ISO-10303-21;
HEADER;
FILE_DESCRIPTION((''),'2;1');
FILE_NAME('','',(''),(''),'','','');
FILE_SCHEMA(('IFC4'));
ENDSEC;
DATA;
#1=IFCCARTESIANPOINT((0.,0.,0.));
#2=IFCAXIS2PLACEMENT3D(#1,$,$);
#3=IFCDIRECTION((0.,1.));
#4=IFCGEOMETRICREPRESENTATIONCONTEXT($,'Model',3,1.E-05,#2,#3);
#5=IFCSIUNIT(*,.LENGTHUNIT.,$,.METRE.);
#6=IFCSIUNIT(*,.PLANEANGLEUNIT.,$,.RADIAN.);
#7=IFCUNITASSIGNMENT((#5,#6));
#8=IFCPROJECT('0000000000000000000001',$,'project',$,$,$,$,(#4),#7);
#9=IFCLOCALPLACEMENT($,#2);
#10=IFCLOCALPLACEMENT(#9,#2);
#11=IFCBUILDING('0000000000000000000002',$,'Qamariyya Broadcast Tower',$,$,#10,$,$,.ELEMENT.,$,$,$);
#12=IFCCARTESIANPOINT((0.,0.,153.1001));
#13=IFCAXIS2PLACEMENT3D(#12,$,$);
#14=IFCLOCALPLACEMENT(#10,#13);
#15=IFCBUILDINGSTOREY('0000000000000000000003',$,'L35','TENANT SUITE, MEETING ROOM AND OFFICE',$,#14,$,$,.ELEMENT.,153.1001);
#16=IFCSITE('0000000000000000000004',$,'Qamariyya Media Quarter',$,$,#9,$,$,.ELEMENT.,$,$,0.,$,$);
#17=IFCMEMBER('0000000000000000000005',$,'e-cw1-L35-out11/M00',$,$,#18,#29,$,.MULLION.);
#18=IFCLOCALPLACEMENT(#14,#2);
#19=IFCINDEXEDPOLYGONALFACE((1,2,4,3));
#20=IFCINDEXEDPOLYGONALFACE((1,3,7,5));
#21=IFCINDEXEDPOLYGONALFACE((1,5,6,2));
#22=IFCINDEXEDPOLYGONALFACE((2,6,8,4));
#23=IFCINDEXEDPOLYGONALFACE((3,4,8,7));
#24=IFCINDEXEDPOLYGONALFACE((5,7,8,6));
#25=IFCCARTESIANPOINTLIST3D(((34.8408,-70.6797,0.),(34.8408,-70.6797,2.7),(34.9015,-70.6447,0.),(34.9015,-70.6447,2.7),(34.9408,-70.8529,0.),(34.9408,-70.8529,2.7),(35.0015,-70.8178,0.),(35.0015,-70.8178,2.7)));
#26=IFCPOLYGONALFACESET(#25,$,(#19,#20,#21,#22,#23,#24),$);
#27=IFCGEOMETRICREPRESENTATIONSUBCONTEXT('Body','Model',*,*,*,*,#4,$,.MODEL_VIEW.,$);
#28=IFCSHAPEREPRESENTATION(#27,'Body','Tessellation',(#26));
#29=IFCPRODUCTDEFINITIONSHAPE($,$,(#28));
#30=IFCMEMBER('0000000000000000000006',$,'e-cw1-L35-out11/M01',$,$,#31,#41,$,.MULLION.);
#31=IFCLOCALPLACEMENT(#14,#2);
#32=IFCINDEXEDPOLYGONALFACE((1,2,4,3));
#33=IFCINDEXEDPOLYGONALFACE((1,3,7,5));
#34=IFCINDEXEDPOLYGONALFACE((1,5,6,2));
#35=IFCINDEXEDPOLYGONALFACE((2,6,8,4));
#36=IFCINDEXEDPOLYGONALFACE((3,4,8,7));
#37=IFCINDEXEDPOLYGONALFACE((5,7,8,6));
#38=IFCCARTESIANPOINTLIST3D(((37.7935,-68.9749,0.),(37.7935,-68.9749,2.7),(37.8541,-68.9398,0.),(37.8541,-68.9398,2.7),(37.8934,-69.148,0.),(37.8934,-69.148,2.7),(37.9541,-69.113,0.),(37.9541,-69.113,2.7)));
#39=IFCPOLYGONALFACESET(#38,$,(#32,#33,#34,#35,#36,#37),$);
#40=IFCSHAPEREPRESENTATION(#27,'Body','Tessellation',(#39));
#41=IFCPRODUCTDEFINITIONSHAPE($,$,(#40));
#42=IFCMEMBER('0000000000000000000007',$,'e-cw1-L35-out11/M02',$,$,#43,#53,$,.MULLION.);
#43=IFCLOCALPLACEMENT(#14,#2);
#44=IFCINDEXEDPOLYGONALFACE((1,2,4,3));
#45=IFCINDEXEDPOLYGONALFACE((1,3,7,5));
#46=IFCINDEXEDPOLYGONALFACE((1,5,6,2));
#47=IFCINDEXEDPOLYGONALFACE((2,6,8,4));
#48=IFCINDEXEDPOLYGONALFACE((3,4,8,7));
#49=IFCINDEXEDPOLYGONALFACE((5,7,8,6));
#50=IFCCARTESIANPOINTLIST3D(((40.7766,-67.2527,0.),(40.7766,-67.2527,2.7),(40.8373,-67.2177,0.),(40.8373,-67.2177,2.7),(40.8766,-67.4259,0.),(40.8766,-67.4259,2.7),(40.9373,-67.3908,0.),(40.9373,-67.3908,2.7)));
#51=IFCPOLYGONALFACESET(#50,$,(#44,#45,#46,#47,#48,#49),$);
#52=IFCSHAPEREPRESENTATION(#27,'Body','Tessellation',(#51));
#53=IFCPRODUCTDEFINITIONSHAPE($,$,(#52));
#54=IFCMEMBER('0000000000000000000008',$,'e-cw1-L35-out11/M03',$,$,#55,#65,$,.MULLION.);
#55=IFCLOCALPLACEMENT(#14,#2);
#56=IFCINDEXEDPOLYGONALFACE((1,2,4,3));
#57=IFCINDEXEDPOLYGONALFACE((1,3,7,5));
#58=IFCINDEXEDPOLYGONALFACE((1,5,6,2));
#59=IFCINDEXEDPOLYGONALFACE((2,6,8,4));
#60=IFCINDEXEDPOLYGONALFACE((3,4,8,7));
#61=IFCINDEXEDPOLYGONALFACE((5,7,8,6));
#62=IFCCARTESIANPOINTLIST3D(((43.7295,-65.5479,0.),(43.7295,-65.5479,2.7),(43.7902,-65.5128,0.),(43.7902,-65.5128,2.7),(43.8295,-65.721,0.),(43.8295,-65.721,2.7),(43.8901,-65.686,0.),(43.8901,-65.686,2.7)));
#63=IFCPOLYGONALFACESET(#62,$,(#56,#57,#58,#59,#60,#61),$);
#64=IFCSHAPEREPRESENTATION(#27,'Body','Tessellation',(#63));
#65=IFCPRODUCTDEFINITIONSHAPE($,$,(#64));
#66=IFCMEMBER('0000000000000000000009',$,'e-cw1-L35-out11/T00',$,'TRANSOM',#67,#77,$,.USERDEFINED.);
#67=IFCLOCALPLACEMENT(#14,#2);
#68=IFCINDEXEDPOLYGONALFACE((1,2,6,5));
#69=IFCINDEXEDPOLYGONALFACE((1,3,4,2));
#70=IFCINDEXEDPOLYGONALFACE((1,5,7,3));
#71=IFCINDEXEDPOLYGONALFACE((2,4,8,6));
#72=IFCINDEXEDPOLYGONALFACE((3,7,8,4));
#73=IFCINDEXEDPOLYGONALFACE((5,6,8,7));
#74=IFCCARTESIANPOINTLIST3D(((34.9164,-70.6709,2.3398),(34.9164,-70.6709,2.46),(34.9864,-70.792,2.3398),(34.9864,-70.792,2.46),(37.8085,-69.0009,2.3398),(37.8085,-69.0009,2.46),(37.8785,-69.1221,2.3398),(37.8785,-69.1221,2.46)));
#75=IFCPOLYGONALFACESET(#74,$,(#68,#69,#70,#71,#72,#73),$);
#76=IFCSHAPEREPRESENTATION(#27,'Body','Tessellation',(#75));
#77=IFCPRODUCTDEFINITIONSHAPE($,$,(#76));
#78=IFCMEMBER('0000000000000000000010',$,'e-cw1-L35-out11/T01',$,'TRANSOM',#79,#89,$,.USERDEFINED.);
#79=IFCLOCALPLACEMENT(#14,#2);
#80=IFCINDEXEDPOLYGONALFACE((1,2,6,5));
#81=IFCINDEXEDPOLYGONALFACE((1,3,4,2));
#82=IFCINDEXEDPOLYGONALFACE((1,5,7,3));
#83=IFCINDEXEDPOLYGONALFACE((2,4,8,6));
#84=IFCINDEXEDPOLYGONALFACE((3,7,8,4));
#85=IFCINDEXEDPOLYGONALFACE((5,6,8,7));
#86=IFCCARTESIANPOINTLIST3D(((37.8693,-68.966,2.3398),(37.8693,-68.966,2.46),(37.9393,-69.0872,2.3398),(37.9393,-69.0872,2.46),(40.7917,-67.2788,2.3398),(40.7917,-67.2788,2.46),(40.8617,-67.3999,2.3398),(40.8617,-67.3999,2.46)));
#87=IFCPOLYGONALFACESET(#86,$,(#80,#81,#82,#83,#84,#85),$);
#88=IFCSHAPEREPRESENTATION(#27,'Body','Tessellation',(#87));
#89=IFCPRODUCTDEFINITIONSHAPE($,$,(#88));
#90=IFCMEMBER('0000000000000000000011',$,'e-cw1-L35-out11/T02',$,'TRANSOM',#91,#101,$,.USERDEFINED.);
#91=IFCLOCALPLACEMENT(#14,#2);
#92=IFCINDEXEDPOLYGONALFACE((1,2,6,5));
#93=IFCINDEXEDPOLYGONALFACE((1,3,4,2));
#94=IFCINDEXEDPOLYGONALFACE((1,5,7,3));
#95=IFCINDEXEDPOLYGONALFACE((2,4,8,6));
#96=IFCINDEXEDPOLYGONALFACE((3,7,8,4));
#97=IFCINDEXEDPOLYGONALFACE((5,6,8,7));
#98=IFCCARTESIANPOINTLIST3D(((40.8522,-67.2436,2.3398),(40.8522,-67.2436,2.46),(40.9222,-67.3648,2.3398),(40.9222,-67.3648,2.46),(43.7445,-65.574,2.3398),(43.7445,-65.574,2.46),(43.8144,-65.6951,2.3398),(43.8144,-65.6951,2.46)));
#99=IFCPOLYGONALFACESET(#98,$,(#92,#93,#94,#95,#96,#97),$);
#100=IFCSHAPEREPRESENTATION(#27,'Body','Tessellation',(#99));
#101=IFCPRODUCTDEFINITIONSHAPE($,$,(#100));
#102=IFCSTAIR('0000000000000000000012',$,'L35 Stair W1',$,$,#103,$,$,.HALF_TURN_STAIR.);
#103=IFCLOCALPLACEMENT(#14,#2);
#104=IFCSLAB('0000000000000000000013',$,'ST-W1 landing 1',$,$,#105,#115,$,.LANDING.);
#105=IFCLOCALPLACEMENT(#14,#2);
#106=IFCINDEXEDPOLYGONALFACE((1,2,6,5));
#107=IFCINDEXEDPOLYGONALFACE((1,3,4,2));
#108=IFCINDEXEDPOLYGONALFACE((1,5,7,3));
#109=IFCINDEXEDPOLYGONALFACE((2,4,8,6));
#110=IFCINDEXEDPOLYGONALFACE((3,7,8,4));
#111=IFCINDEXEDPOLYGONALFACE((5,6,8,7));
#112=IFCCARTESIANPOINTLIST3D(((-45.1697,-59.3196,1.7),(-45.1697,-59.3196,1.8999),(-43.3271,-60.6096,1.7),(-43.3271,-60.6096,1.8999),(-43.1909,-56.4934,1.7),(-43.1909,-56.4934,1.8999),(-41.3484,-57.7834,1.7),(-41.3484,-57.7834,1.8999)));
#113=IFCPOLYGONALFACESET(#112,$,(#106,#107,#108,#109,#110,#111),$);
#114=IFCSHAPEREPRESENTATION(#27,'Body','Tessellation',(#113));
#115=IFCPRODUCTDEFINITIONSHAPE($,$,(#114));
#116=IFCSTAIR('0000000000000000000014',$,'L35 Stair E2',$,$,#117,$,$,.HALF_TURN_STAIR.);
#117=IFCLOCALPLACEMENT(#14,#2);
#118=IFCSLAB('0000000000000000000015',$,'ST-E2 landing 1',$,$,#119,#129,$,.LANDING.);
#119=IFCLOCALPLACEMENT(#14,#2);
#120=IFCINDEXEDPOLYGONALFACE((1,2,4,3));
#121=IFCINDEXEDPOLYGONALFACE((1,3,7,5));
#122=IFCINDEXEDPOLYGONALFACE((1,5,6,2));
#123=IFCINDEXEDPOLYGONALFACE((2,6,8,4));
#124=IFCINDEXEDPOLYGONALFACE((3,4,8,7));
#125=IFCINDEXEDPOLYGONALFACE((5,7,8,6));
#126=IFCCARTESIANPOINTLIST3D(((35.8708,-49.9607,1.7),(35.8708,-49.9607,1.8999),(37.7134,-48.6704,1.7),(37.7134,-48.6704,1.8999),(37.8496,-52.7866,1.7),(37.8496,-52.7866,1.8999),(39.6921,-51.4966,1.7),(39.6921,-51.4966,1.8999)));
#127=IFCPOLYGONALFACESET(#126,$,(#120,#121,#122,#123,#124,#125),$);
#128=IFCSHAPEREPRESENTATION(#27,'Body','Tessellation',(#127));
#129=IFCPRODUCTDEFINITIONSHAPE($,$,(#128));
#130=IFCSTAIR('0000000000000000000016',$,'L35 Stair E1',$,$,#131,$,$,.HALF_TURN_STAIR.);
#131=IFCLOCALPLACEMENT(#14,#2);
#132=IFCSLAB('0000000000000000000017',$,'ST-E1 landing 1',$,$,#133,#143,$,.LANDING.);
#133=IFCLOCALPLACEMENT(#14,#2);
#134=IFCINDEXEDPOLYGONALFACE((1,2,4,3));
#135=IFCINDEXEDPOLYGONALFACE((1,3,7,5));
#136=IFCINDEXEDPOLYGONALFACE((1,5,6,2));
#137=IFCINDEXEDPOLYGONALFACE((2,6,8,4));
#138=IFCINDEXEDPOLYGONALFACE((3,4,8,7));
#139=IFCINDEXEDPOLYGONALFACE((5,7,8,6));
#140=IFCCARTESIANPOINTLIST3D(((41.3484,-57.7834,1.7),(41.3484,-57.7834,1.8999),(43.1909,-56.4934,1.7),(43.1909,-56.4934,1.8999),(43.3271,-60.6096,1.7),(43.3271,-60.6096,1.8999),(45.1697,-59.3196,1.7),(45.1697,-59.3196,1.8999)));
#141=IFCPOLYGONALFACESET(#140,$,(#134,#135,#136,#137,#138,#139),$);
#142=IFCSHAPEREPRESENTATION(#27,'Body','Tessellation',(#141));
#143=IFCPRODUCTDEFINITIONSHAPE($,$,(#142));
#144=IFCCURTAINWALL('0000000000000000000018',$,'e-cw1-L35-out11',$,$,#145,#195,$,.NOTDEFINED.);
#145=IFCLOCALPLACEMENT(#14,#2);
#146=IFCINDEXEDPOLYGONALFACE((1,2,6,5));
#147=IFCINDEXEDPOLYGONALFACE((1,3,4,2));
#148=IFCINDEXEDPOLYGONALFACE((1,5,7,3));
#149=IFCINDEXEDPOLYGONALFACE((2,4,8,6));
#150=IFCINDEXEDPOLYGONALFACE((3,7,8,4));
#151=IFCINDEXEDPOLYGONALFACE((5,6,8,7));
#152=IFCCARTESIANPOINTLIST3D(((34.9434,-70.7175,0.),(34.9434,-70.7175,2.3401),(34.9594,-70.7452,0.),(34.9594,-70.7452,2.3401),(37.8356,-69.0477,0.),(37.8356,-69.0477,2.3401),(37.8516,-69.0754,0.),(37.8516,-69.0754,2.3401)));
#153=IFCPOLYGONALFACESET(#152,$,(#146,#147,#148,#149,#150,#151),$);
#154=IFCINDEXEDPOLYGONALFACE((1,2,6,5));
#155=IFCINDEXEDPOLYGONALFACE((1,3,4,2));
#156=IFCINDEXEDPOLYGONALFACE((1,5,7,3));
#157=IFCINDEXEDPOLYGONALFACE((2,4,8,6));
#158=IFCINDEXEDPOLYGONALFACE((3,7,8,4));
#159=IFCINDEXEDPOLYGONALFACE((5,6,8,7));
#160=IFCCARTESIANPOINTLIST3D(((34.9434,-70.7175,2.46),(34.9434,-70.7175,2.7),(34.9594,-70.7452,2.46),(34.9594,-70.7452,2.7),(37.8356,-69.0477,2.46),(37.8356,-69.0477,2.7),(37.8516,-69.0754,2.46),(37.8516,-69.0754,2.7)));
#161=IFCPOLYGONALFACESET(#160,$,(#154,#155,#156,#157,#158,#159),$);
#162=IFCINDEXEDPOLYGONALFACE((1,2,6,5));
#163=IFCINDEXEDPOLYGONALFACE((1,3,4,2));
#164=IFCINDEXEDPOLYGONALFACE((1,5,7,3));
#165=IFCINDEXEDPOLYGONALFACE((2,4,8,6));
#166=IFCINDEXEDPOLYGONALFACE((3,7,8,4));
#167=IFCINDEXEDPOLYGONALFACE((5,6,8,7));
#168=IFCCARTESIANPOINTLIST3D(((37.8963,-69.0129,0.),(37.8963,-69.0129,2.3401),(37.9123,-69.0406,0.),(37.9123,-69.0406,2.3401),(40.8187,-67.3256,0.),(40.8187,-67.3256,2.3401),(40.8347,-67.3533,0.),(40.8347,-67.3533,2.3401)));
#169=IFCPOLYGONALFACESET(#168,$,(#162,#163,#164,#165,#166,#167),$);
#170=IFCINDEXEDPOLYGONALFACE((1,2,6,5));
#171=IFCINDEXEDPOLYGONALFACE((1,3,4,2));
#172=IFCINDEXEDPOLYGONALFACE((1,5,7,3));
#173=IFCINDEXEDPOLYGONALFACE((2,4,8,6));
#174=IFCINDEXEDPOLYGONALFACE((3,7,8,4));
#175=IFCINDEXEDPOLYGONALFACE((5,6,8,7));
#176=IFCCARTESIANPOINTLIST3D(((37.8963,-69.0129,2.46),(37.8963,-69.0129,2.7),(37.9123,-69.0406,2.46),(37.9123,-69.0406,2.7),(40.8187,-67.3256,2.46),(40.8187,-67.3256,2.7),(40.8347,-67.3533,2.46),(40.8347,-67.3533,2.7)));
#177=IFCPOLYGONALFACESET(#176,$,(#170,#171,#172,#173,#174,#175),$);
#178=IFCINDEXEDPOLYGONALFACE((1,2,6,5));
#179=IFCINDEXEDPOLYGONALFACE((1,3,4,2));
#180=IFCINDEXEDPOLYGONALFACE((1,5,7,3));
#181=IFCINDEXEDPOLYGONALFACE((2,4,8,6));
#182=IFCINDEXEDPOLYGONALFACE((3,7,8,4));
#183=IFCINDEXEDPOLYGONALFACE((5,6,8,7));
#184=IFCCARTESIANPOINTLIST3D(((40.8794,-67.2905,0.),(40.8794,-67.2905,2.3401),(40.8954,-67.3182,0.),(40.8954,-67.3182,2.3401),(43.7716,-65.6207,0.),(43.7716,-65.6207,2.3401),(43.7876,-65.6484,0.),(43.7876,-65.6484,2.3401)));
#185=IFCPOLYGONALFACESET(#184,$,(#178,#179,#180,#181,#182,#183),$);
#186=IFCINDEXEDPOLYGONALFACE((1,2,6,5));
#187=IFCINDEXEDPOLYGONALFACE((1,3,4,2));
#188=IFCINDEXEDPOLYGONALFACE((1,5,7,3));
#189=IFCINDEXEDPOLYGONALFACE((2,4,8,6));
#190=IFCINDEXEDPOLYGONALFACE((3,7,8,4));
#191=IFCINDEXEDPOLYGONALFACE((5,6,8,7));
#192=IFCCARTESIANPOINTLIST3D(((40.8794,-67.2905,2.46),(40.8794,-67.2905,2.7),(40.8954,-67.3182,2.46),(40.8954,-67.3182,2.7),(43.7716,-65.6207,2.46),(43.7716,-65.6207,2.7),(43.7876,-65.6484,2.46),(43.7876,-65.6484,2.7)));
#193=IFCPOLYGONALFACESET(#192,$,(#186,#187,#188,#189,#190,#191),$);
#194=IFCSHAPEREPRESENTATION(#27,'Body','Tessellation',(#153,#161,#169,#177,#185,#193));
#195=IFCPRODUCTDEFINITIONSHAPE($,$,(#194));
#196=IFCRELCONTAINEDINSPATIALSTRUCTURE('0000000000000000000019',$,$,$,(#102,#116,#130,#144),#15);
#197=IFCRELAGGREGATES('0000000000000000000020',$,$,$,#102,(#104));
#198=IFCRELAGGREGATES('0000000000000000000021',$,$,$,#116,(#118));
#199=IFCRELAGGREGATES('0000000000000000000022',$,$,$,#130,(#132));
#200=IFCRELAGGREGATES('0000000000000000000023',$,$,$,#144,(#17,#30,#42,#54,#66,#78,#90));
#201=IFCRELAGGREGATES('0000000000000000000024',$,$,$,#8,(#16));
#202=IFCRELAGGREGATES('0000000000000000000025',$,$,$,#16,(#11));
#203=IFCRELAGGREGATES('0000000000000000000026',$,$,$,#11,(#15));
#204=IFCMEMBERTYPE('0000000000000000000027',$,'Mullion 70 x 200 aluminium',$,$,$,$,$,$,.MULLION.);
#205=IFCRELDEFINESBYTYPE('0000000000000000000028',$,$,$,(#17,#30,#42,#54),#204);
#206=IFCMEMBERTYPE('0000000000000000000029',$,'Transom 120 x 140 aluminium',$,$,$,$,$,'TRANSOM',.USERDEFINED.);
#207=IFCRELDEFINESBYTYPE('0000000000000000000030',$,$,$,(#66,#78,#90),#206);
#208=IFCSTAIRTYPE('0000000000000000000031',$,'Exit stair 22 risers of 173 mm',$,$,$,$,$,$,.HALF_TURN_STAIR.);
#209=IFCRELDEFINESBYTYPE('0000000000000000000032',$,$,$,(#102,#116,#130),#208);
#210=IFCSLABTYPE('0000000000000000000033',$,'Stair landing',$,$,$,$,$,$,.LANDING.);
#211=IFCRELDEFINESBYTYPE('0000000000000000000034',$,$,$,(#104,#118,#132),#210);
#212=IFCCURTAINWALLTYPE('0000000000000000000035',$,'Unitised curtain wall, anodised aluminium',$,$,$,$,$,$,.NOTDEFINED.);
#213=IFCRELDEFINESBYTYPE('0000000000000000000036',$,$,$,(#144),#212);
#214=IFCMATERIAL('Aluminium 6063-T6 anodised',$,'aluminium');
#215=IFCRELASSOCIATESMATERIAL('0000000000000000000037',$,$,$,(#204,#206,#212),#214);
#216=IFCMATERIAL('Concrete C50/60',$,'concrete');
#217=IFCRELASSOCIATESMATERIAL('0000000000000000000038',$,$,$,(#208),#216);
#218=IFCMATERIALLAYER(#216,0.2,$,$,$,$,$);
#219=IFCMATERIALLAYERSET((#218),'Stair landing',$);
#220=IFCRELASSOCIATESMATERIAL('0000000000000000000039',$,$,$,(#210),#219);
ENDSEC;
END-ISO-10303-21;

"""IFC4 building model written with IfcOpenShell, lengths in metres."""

from ifc_helpers import new_model, si_unit, direction, frame, origin, origin_2d, place, context, subcontext, project, spatial, polyline, rectangle, outline, extrude, material, layer, layer_set, material_profile, profile_set, type_object, element, aggregate, save


model = new_model("IFC4")

# Units and contexts
model_context = context("Model", 3, precision=1e-05, world=origin(), true_north=direction((0.0, 1.0)))
body_context = subcontext(model_context, "Body", "Model", "MODEL_VIEW")
ifc_project = project(units=[si_unit("LENGTHUNIT", "METRE"), si_unit("PLANEANGLEUNIT", "RADIAN")], contexts=[model_context])

# Members
ifc_material_1 = material(Name="Aluminium 6063-T6 anodised", Category="aluminium")
ifc_material_profile_1 = material_profile(ifc_material_1, rectangle(XDim=0.2, YDim=0.0701, at=origin_2d()))
ifc_profile_set_1 = profile_set([ifc_material_profile_1], Name="Aluminium 6063-T6 anodised")
member_type_1 = type_object("IfcMemberType", Name="Mullion 70 x 200 aluminium", PredefinedType="MULLION", material=ifc_profile_set_1)
site_placement = place(None, origin())
building_placement = place(site_placement, origin())
storey_placement = place(building_placement, frame((0.0, 0.0, 153.1001)))
member_1_placement = place(storey_placement, frame((34.9211, -70.7488, 0.0), z_axis=(0.0, 0.0, 1.0), x_axis=(-0.5, 0.866025, 0.0)))
member_1 = element("IfcMember", 1, at=member_1_placement, type_object=member_type_1, Name="e-cw1-L35-out11/M00", PredefinedType="MULLION", context=body_context, shape_type="SweptSolid", body=[
    extrude(rectangle(XDim=0.2, YDim=0.0701, at=origin_2d()), origin(), (0.0, 0.0, 1.0), 2.7),
])
member_2_placement = place(storey_placement, frame((37.8738, -69.0439, 0.0), z_axis=(0.0, 0.0, 1.0), x_axis=(-0.5, 0.866025, 0.0)))
member_2 = element("IfcMember", 2, at=member_2_placement, type_object=member_type_1, Name="e-cw1-L35-out11/M01", PredefinedType="MULLION", context=body_context, shape_type="SweptSolid", body=[
    extrude(rectangle(XDim=0.2, YDim=0.0701, at=origin_2d()), origin(), (0.0, 0.0, 1.0), 2.7),
])
member_3_placement = place(storey_placement, frame((40.8569, -67.3218, 0.0), z_axis=(0.0, 0.0, 1.0), x_axis=(-0.5, 0.866025, 0.0)))
member_3 = element("IfcMember", 3, at=member_3_placement, type_object=member_type_1, Name="e-cw1-L35-out11/M02", PredefinedType="MULLION", context=body_context, shape_type="SweptSolid", body=[
    extrude(rectangle(XDim=0.2, YDim=0.0701, at=origin_2d()), origin(), (0.0, 0.0, 1.0), 2.7),
])
member_4_placement = place(storey_placement, frame((43.8098, -65.6169, 0.0), z_axis=(0.0, 0.0, 1.0), x_axis=(-0.5, 0.866025, 0.0)))
member_4 = element("IfcMember", 4, at=member_4_placement, type_object=member_type_1, Name="e-cw1-L35-out11/M03", PredefinedType="MULLION", context=body_context, shape_type="SweptSolid", body=[
    extrude(rectangle(XDim=0.2, YDim=0.0701, at=origin_2d()), origin(), (0.0, 0.0, 1.0), 2.7),
])
ifc_material_profile_2 = material_profile(ifc_material_1, rectangle(XDim=0.1399, YDim=0.1201, at=origin_2d()))
ifc_profile_set_2 = profile_set([ifc_material_profile_2], Name="Aluminium 6063-T6 anodised")
member_type_2 = type_object("IfcMemberType", Name="Transom 120 x 140 aluminium", ElementType="TRANSOM", PredefinedType="USERDEFINED", material=ifc_profile_set_2)
member_5_placement = place(storey_placement, frame((34.9514, -70.7314, 2.3999), z_axis=(0.866003, 0.500039, 0.0), x_axis=(-0.500039, 0.866003, 0.0)))
member_5 = element("IfcMember", 5, at=member_5_placement, type_object=member_type_2, Name="e-cw1-L35-out11/T00", ObjectType="TRANSOM", PredefinedType="USERDEFINED", context=body_context, shape_type="SweptSolid", body=[
    extrude(rectangle(XDim=0.1399, YDim=0.1201, at=origin_2d()), origin(), (0.0, 0.0, 1.0), 3.3396),
])
member_6_placement = place(storey_placement, frame((37.9043, -69.0266, 2.3999), z_axis=(0.866022, 0.500006, 0.0), x_axis=(-0.500006, 0.866022, 0.0)))
member_6 = element("IfcMember", 6, at=member_6_placement, type_object=member_type_2, Name="e-cw1-L35-out11/T01", ObjectType="TRANSOM", PredefinedType="USERDEFINED", context=body_context, shape_type="SweptSolid", body=[
    extrude(rectangle(XDim=0.1399, YDim=0.1201, at=origin_2d()), origin(), (0.0, 0.0, 1.0), 3.3745),
])
member_7_placement = place(storey_placement, frame((40.8872, -67.3042, 2.3999), z_axis=(0.866053, 0.499952, 0.0), x_axis=(-0.499952, 0.866053, 0.0)))
member_7 = element("IfcMember", 7, at=member_7_placement, type_object=member_type_2, Name="e-cw1-L35-out11/T02", ObjectType="TRANSOM", PredefinedType="USERDEFINED", context=body_context, shape_type="SweptSolid", body=[
    extrude(rectangle(XDim=0.1399, YDim=0.1201, at=origin_2d()), origin(), (0.0, 0.0, 1.0), 3.3396),
])

# Site, building, storey
site = spatial("IfcSite", under=ifc_project, at=site_placement, Name="Qamariyya Media Quarter", CompositionType="ELEMENT", RefElevation=0.0)
building = spatial("IfcBuilding", under=site, at=building_placement, Name="Qamariyya Broadcast Tower", CompositionType="ELEMENT")
storey = spatial("IfcBuildingStorey", under=building, at=storey_placement, Name="L35", Description="TENANT SUITE, MEETING ROOM AND OFFICE", CompositionType="ELEMENT", Elevation=153.1001)

# Stairs, slabs
ifc_material_2 = material(Name="Concrete C50/60", Category="concrete")
stair_type = type_object("IfcStairType", Name="Exit stair 22 risers of 173 mm", PredefinedType="HALF_TURN_STAIR", material=ifc_material_2)
stair_1_placement = place(storey_placement, origin())
stair_1 = element("IfcStair", 8, at=stair_1_placement, inside=storey, type_object=stair_type, Name="L35 Stair W1", PredefinedType="HALF_TURN_STAIR")
ifc_layer = layer(ifc_material_2, 0.2)
ifc_layer_set = layer_set([ifc_layer], Name="Stair landing")
slab_type = type_object("IfcSlabType", Name="Stair landing", PredefinedType="LANDING", material=ifc_layer_set)
slab_1_placement = place(storey_placement, frame((0.0, 0.0, 1.7)))
slab_1 = element("IfcSlab", 9, at=slab_1_placement, type_object=slab_type, Name="ST-W1 landing 1", PredefinedType="LANDING", context=body_context, shape_type="SweptSolid", body=[
    extrude(outline(polyline([(-45.1697, -59.3196), (-43.3271, -60.6096), (-41.3484, -57.7834), (-43.1909, -56.4934), (-45.1697, -59.3196)])), origin(), (0.0, 0.0, 1.0), 0.2),
])
aggregate(stair_1, [slab_1])
stair_2_placement = place(storey_placement, origin())
stair_2 = element("IfcStair", 10, at=stair_2_placement, inside=storey, type_object=stair_type, Name="L35 Stair E2", PredefinedType="HALF_TURN_STAIR")
slab_2_placement = place(storey_placement, frame((0.0, 0.0, 1.7)))
slab_2 = element("IfcSlab", 11, at=slab_2_placement, type_object=slab_type, Name="ST-E2 landing 1", PredefinedType="LANDING", context=body_context, shape_type="SweptSolid", body=[
    extrude(outline(polyline([(37.7134, -48.6704), (35.8708, -49.9607), (37.8496, -52.7866), (39.6921, -51.4966), (37.7134, -48.6704)])), origin(), (0.0, 0.0, 1.0), 0.2),
])
aggregate(stair_2, [slab_2])
stair_3_placement = place(storey_placement, origin())
stair_3 = element("IfcStair", 12, at=stair_3_placement, inside=storey, type_object=stair_type, Name="L35 Stair E1", PredefinedType="HALF_TURN_STAIR")
slab_3_placement = place(storey_placement, frame((0.0, 0.0, 1.7)))
slab_3 = element("IfcSlab", 13, at=slab_3_placement, type_object=slab_type, Name="ST-E1 landing 1", PredefinedType="LANDING", context=body_context, shape_type="SweptSolid", body=[
    extrude(outline(polyline([(43.1909, -56.4934), (41.3484, -57.7834), (43.3271, -60.6096), (45.1697, -59.3196), (43.1909, -56.4934)])), origin(), (0.0, 0.0, 1.0), 0.2),
])
aggregate(stair_3, [slab_3])

# Curtain wall
curtain_wall_type = type_object("IfcCurtainWallType", Name="Unitised curtain wall, anodised aluminium", PredefinedType="NOTDEFINED", material=ifc_material_1)
curtain_wall_placement = place(storey_placement, origin())
curtain_wall = element("IfcCurtainWall", 14, at=curtain_wall_placement, inside=storey, type_object=curtain_wall_type, Name="e-cw1-L35-out11", PredefinedType="NOTDEFINED", context=body_context, shape_type="SweptSolid", body=[
    extrude(rectangle(XDim=3.3396, YDim=0.032, at=origin_2d()), frame((36.3975, -69.8965, 0.0), x_axis=(0.866029, 0.499994, 0.0)), (0.0, 0.0, 1.0), 2.3401),
    extrude(rectangle(XDim=3.3396, YDim=0.032, at=origin_2d()), frame((36.3975, -69.8965, 2.46), x_axis=(0.866029, 0.499994, 0.0)), (0.0, 0.0, 1.0), 0.24),
    extrude(rectangle(XDim=3.3745, YDim=0.032, at=origin_2d()), frame((39.3655, -68.1831, 0.0), x_axis=(0.866029, 0.499994, 0.0)), (0.0, 0.0, 1.0), 2.3401),
    extrude(rectangle(XDim=3.3745, YDim=0.032, at=origin_2d()), frame((39.3655, -68.1831, 2.46), x_axis=(0.866029, 0.499994, 0.0)), (0.0, 0.0, 1.0), 0.24),
    extrude(rectangle(XDim=3.3396, YDim=0.032, at=origin_2d()), frame((42.3335, -66.4695, 0.0), x_axis=(0.866029, 0.499994, 0.0)), (0.0, 0.0, 1.0), 2.3401),
    extrude(rectangle(XDim=3.3396, YDim=0.032, at=origin_2d()), frame((42.3335, -66.4695, 2.46), x_axis=(0.866029, 0.499994, 0.0)), (0.0, 0.0, 1.0), 0.24),
])
aggregate(curtain_wall, [member_1, member_2, member_3, member_4, member_5, member_6, member_7])

save(model, "model.ifc")
